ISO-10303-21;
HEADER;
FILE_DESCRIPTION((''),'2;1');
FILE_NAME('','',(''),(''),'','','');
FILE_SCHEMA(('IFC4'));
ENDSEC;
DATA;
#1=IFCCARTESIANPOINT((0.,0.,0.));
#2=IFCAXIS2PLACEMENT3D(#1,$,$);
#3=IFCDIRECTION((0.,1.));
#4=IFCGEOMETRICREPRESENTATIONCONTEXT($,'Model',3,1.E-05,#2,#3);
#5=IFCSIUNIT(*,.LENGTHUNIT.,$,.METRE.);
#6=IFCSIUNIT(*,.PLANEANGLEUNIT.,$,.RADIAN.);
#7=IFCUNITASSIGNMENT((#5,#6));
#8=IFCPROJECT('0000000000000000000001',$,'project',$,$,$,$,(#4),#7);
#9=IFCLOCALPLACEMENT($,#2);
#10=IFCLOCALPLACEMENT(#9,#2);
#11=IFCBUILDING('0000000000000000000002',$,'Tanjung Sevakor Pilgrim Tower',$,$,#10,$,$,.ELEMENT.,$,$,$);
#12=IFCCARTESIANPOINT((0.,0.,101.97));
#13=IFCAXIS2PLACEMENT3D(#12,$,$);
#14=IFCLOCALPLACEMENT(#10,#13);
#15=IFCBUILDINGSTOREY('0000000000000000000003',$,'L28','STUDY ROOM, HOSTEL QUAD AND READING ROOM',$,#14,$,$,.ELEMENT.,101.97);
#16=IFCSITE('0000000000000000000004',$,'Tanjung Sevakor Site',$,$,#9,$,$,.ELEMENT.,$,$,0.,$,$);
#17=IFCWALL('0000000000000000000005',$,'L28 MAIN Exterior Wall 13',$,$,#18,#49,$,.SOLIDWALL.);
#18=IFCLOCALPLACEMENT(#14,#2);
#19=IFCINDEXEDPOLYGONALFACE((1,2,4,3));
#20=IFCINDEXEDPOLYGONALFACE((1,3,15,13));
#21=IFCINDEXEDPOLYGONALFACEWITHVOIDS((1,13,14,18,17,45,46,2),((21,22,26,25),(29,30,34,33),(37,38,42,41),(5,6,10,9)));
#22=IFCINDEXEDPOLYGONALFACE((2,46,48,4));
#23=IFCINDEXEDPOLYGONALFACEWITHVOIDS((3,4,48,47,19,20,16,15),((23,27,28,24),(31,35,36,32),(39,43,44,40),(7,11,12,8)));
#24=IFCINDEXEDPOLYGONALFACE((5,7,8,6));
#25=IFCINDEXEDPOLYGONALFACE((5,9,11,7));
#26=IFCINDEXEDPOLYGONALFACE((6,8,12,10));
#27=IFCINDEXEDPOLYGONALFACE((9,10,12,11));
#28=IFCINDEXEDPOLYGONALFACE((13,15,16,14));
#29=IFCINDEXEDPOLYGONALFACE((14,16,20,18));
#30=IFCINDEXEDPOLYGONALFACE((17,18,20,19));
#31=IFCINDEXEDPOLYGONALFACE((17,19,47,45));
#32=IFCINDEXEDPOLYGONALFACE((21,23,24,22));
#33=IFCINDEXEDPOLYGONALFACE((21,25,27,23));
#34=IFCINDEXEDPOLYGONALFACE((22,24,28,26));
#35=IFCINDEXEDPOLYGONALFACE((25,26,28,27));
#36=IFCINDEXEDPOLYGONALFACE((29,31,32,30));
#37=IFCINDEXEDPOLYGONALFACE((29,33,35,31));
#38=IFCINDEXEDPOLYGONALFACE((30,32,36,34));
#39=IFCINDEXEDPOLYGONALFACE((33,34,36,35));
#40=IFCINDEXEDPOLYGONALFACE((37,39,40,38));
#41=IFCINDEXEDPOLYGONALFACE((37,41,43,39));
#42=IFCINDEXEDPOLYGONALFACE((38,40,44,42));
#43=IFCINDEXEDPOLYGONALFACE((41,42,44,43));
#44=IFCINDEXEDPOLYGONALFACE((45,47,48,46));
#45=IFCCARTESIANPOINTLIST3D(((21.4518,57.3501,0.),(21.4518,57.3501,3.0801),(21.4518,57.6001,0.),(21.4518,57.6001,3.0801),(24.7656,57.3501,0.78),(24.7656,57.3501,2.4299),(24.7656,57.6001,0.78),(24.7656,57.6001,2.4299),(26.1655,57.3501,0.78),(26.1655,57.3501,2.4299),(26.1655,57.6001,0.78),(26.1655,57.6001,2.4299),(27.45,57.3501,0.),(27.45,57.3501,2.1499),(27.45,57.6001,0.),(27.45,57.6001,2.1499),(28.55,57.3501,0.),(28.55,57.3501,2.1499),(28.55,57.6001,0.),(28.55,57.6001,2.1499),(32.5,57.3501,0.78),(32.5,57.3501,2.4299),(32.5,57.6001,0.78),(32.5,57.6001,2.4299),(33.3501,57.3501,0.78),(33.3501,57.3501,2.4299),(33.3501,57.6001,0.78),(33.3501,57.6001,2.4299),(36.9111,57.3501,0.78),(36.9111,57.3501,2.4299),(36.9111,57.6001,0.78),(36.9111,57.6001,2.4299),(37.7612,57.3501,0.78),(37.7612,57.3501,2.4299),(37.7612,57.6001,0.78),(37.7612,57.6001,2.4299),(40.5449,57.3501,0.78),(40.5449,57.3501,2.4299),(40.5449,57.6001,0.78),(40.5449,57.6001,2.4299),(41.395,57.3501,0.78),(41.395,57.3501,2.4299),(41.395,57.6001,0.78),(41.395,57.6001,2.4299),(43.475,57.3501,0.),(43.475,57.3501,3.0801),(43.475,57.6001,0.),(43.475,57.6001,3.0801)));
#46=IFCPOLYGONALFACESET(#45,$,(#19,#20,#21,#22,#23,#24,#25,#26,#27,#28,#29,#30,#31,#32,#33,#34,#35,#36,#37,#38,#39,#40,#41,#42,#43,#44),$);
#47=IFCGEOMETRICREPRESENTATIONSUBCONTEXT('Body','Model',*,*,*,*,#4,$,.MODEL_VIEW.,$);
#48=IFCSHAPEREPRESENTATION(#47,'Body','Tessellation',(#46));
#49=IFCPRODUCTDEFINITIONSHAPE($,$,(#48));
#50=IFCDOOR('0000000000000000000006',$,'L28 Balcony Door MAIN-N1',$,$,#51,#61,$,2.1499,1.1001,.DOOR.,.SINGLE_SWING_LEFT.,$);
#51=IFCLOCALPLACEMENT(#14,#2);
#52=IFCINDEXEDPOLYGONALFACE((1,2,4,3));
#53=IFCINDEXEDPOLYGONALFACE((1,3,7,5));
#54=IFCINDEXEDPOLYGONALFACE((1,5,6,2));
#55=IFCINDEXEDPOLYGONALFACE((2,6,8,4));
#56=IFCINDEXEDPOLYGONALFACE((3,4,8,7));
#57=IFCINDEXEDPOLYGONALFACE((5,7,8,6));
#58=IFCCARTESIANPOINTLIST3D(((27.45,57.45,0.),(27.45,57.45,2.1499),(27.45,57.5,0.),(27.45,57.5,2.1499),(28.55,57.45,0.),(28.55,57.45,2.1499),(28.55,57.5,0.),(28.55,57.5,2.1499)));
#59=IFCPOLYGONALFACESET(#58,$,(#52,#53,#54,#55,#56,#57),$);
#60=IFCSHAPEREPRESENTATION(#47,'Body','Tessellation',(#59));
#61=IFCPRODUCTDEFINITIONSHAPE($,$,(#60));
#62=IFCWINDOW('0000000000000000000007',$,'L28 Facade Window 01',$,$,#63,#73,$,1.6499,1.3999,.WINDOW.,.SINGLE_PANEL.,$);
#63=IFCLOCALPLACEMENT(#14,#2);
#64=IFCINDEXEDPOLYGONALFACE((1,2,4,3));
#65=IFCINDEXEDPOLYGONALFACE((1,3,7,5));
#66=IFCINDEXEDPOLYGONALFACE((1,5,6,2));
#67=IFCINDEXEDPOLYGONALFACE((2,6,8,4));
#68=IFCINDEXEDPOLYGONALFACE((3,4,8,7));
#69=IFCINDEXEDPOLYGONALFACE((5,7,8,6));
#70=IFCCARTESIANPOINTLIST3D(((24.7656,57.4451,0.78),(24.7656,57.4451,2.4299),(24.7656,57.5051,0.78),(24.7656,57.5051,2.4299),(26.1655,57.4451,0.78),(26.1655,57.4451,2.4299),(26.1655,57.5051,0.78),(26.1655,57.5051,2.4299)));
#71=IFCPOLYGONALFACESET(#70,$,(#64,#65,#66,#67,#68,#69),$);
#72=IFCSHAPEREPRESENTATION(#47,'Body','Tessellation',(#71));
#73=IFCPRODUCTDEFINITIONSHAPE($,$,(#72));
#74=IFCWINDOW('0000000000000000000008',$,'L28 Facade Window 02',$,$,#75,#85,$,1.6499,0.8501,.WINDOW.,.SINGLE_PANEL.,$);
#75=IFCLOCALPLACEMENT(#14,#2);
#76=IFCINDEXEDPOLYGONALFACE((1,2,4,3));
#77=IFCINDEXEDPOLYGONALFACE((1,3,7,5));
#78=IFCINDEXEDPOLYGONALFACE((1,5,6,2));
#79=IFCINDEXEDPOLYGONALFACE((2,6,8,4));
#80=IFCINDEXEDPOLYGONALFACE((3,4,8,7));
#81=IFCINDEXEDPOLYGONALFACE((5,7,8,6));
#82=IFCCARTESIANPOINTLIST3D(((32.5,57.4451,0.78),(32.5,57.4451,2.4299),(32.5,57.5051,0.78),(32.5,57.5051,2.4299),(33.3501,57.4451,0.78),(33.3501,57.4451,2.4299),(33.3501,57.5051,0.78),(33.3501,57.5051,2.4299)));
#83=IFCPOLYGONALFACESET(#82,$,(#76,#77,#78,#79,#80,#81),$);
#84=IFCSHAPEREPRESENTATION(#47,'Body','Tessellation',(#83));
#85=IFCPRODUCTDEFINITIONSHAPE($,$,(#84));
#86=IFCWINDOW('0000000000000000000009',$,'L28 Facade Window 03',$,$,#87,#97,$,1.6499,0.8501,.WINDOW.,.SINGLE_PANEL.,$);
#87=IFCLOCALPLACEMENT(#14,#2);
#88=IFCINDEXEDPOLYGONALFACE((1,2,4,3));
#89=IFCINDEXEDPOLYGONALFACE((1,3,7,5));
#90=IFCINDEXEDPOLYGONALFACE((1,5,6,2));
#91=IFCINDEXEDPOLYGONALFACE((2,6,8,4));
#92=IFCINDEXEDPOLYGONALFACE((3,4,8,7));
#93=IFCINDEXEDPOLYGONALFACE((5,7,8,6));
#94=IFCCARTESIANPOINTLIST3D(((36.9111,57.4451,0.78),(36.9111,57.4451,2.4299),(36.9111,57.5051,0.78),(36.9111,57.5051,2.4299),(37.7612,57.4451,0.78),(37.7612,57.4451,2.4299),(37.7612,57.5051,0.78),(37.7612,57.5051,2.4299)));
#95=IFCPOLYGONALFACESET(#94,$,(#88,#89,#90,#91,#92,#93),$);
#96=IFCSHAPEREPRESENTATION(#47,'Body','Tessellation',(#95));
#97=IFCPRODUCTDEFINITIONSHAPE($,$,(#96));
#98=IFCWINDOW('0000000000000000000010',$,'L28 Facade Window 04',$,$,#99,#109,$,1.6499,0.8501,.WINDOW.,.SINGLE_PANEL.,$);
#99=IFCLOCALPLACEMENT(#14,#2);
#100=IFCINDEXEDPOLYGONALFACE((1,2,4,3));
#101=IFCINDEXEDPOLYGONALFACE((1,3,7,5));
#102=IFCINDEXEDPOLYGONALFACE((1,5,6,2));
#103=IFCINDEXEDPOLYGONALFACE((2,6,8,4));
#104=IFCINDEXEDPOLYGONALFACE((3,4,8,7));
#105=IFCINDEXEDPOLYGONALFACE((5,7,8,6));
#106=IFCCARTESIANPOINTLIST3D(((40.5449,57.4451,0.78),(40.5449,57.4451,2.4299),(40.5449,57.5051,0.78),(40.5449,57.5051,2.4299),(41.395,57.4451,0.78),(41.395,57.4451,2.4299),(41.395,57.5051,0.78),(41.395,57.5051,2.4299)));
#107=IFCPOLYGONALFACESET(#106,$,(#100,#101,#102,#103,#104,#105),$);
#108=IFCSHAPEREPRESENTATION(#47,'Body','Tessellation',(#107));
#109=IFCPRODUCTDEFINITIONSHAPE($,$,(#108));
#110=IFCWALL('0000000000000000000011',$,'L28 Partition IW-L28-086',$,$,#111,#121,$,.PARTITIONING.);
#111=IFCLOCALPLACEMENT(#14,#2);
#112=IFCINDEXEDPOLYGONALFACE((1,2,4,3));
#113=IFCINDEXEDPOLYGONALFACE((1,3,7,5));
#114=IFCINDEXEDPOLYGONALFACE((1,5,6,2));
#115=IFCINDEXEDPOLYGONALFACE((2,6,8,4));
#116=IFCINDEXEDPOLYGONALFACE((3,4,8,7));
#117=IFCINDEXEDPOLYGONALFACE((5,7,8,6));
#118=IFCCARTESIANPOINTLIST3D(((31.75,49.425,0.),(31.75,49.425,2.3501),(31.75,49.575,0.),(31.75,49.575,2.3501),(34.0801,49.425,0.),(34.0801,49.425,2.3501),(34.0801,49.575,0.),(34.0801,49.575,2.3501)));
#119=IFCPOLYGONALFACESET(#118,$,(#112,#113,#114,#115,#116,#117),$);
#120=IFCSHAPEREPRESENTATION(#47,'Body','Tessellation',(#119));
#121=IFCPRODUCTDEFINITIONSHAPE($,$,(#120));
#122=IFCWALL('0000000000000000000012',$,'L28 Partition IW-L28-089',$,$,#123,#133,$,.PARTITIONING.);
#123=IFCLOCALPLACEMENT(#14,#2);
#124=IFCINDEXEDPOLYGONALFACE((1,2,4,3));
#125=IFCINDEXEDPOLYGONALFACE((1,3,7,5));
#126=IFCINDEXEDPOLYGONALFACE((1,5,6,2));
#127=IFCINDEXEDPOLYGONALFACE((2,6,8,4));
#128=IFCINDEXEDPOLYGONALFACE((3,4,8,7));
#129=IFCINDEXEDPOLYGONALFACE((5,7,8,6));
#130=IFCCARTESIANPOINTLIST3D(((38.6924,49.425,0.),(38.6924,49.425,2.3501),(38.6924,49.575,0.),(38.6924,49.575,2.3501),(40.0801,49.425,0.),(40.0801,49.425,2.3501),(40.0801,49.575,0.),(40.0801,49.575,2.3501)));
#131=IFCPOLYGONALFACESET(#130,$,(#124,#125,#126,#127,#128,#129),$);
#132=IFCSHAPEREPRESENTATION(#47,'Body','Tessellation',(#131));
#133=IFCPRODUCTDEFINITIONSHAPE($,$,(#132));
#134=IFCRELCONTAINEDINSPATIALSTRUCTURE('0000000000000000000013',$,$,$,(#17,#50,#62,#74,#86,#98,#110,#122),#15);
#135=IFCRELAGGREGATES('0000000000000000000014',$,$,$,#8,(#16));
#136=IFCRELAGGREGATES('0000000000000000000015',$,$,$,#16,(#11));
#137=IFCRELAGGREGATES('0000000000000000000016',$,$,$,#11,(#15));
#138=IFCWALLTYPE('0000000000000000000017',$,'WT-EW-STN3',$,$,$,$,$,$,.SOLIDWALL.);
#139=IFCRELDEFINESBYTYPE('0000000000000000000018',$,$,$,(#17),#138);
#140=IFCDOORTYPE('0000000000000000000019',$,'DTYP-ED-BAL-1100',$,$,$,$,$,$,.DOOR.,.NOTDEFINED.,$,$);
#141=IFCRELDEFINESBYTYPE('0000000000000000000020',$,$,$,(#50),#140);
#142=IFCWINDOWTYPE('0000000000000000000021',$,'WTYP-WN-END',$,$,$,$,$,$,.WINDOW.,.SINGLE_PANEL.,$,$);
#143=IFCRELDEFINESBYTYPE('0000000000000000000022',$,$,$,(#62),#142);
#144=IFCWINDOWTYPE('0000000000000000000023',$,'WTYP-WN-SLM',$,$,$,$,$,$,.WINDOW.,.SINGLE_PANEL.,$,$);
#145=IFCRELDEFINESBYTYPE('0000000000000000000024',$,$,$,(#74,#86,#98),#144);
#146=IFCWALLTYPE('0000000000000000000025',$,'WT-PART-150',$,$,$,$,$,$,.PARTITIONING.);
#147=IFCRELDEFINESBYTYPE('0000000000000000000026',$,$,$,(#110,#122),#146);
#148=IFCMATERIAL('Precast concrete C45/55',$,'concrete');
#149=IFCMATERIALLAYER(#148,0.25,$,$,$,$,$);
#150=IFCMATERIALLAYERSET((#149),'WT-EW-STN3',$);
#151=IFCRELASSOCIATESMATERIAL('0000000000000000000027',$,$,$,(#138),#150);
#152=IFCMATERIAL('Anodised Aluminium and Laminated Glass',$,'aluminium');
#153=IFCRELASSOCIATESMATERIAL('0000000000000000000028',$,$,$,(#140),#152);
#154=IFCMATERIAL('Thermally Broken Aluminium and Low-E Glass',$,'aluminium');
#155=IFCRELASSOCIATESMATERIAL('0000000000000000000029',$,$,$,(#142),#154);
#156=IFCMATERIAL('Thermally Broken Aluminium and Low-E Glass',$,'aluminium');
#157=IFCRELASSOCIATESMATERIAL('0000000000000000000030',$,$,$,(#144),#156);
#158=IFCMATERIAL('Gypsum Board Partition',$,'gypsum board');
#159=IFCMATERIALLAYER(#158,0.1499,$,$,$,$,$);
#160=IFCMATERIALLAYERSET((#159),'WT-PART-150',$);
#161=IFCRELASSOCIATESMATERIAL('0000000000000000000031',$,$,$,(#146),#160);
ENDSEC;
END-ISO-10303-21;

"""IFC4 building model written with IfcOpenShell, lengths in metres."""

from ifc_helpers import new_model, si_unit, direction, frame, frame_2d, origin, place, context, subcontext, project, spatial, rectangle, extrude, material, layer, layer_set, type_object, element, fill, save


model = new_model("IFC4")

# Units and contexts
model_context = context("Model", 3, precision=1e-05, world=origin(), true_north=direction((0.0, 1.0)))
body_context = subcontext(model_context, "Body", "Model", "MODEL_VIEW")
ifc_project = project(units=[si_unit("LENGTHUNIT", "METRE"), si_unit("PLANEANGLEUNIT", "RADIAN")], contexts=[model_context])

# Site, building, storey
site_placement = place(None, origin())
site = spatial("IfcSite", under=ifc_project, at=site_placement, Name="Tanjung Sevakor Site", CompositionType="ELEMENT", RefElevation=0.0)
building_placement = place(site_placement, origin())
building = spatial("IfcBuilding", under=site, at=building_placement, Name="Tanjung Sevakor Pilgrim Tower", CompositionType="ELEMENT")
storey_placement = place(building_placement, frame((0.0, 0.0, 101.97)))
storey = spatial("IfcBuildingStorey", under=building, at=storey_placement, Name="L28", Description="STUDY ROOM, HOSTEL QUAD AND READING ROOM", CompositionType="ELEMENT", Elevation=101.97)

# Shared definitions
ifc_material_1 = material(Name="Precast concrete C45/55", Category="concrete")
ifc_layer_1 = layer(ifc_material_1, 0.25)
ifc_layer_set_1 = layer_set([ifc_layer_1], Name="WT-EW-STN3")
wall_type_1 = type_object("IfcWallType", Name="WT-EW-STN3", PredefinedType="SOLIDWALL", material=ifc_layer_set_1)

# Wall, openings, door, windows
wall_1_placement = place(storey_placement, frame((43.4751, 57.4751, 0.0), z_axis=(0.0, 0.0, 1.0), x_axis=(-1.0, 0.0, 0.0)))
wall_1 = element("IfcWall", 1, at=wall_1_placement, inside=storey, type_object=wall_type_1, Name="L28 MAIN Exterior Wall 13", PredefinedType="SOLIDWALL", context=body_context, shape_type="SweptSolid", body=[
    extrude(rectangle(XDim=22.0232, YDim=0.25, at=frame_2d((11.0117, 0.0))), origin(), (0.0, 0.0, 1.0), 3.0801),
])
opening_1_placement = place(wall_1_placement, frame((14.925, 0.0, 0.0)))
opening_1 = element("IfcOpeningElement", 2, at=opening_1_placement, cuts=wall_1, PredefinedType="OPENING", context=body_context, shape_type="SweptSolid", body=[
    extrude(rectangle(XDim=1.1001, YDim=2.1499, at=frame_2d((0.55, 1.075))), frame((0.0, 0.135, 0.0), z_axis=(0.0, -1.0, 0.0), x_axis=(1.0, 0.0, 0.0)), (0.0, 0.0, 1.0), 0.27),
])
opening_2_placement = place(wall_1_placement, frame((17.3096, 0.0, 0.78)))
opening_2 = element("IfcOpeningElement", 3, at=opening_2_placement, cuts=wall_1, PredefinedType="OPENING", context=body_context, shape_type="SweptSolid", body=[
    extrude(rectangle(XDim=1.3999, YDim=1.6499, at=frame_2d((0.7, 0.825))), frame((0.0, 0.135, 0.0), z_axis=(0.0, -1.0, 0.0), x_axis=(1.0, 0.0, 0.0)), (0.0, 0.0, 1.0), 0.27),
])
opening_3_placement = place(wall_1_placement, frame((10.125, 0.0, 0.78)))
opening_3 = element("IfcOpeningElement", 4, at=opening_3_placement, cuts=wall_1, PredefinedType="OPENING", context=body_context, shape_type="SweptSolid", body=[
    extrude(rectangle(XDim=0.8501, YDim=1.6499, at=frame_2d((0.425, 0.825))), frame((0.0, 0.135, 0.0), z_axis=(0.0, -1.0, 0.0), x_axis=(1.0, 0.0, 0.0)), (0.0, 0.0, 1.0), 0.27),
])
opening_4_placement = place(wall_1_placement, frame((5.7139, 0.0, 0.78)))
opening_4 = element("IfcOpeningElement", 5, at=opening_4_placement, cuts=wall_1, PredefinedType="OPENING", context=body_context, shape_type="SweptSolid", body=[
    extrude(rectangle(XDim=0.8501, YDim=1.6499, at=frame_2d((0.425, 0.825))), frame((0.0, 0.135, 0.0), z_axis=(0.0, -1.0, 0.0), x_axis=(1.0, 0.0, 0.0)), (0.0, 0.0, 1.0), 0.27),
])
opening_5_placement = place(wall_1_placement, frame((2.0801, 0.0, 0.78)))
opening_5 = element("IfcOpeningElement", 6, at=opening_5_placement, cuts=wall_1, PredefinedType="OPENING", context=body_context, shape_type="SweptSolid", body=[
    extrude(rectangle(XDim=0.8501, YDim=1.6499, at=frame_2d((0.425, 0.825))), frame((0.0, 0.135, 0.0), z_axis=(0.0, -1.0, 0.0), x_axis=(1.0, 0.0, 0.0)), (0.0, 0.0, 1.0), 0.27),
])
ifc_material_2 = material(Name="Anodised Aluminium and Laminated Glass", Category="aluminium")
door_type_1 = type_object("IfcDoorType", Name="DTYP-ED-BAL-1100", OperationType="NOTDEFINED", PredefinedType="DOOR", material=ifc_material_2)
door_1_placement = place(opening_1_placement, frame((1.1001, 0.0, 0.0), z_axis=(0.0, 0.0, 1.0), x_axis=(-1.0, 0.0, 0.0)))
door_1 = element("IfcDoor", 7, at=door_1_placement, inside=storey, type_object=door_type_1, Name="L28 Balcony Door MAIN-N1", OperationType="SINGLE_SWING_LEFT", OverallHeight=2.1499, OverallWidth=1.1001, PredefinedType="DOOR", context=body_context, shape_type="SweptSolid", body=[
    extrude(rectangle(XDim=1.1001, YDim=2.1499, at=frame_2d((0.55, 1.075))), frame((0.0, 0.0249, 0.0), z_axis=(0.0, -1.0, 0.0), x_axis=(1.0, 0.0, 0.0)), (0.0, 0.0, 1.0), 0.05),
])
fill(opening_1, door_1)
ifc_material_3 = material(Name="Thermally Broken Aluminium and Low-E Glass", Category="aluminium")
window_type_1 = type_object("IfcWindowType", Name="WTYP-WN-END", PartitioningType="SINGLE_PANEL", PredefinedType="WINDOW", material=ifc_material_3)
window_1_placement = place(opening_2_placement, origin())
window_1 = element("IfcWindow", 8, at=window_1_placement, inside=storey, type_object=window_type_1, Name="L28 Facade Window 01", OverallHeight=1.6499, OverallWidth=1.3999, PartitioningType="SINGLE_PANEL", PredefinedType="WINDOW", context=body_context, shape_type="SweptSolid", body=[
    extrude(rectangle(XDim=1.3999, YDim=1.6499, at=frame_2d((0.7, 0.825))), frame((0.0, 0.03, 0.0), z_axis=(0.0, -1.0, 0.0), x_axis=(1.0, 0.0, 0.0)), (0.0, 0.0, 1.0), 0.0601),
])
fill(opening_2, window_1)
ifc_material_4 = material(Name="Thermally Broken Aluminium and Low-E Glass", Category="aluminium")
window_type_2 = type_object("IfcWindowType", Name="WTYP-WN-SLM", PartitioningType="SINGLE_PANEL", PredefinedType="WINDOW", material=ifc_material_4)
window_2_placement = place(opening_3_placement, origin())
window_2 = element("IfcWindow", 9, at=window_2_placement, inside=storey, type_object=window_type_2, Name="L28 Facade Window 02", OverallHeight=1.6499, OverallWidth=0.8501, PartitioningType="SINGLE_PANEL", PredefinedType="WINDOW", context=body_context, shape_type="SweptSolid", body=[
    extrude(rectangle(XDim=0.8501, YDim=1.6499, at=frame_2d((0.425, 0.825))), frame((0.0, 0.03, 0.0), z_axis=(0.0, -1.0, 0.0), x_axis=(1.0, 0.0, 0.0)), (0.0, 0.0, 1.0), 0.0601),
])
fill(opening_3, window_2)
window_3_placement = place(opening_4_placement, origin())
window_3 = element("IfcWindow", 10, at=window_3_placement, inside=storey, type_object=window_type_2, Name="L28 Facade Window 03", OverallHeight=1.6499, OverallWidth=0.8501, PartitioningType="SINGLE_PANEL", PredefinedType="WINDOW", context=body_context, shape_type="SweptSolid", body=[
    extrude(rectangle(XDim=0.8501, YDim=1.6499, at=frame_2d((0.425, 0.825))), frame((0.0, 0.03, 0.0), z_axis=(0.0, -1.0, 0.0), x_axis=(1.0, 0.0, 0.0)), (0.0, 0.0, 1.0), 0.0601),
])
fill(opening_4, window_3)
window_4_placement = place(opening_5_placement, origin())
window_4 = element("IfcWindow", 11, at=window_4_placement, inside=storey, type_object=window_type_2, Name="L28 Facade Window 04", OverallHeight=1.6499, OverallWidth=0.8501, PartitioningType="SINGLE_PANEL", PredefinedType="WINDOW", context=body_context, shape_type="SweptSolid", body=[
    extrude(rectangle(XDim=0.8501, YDim=1.6499, at=frame_2d((0.425, 0.825))), frame((0.0, 0.03, 0.0), z_axis=(0.0, -1.0, 0.0), x_axis=(1.0, 0.0, 0.0)), (0.0, 0.0, 1.0), 0.0601),
])
fill(opening_5, window_4)

# Walls
ifc_material_5 = material(Name="Gypsum Board Partition", Category="gypsum board")
ifc_layer_2 = layer(ifc_material_5, 0.1499)
ifc_layer_set_2 = layer_set([ifc_layer_2], Name="WT-PART-150")
wall_type_2 = type_object("IfcWallType", Name="WT-PART-150", PredefinedType="PARTITIONING", material=ifc_layer_set_2)
wall_2_placement = place(storey_placement, frame((31.75, 49.5, 0.0), z_axis=(0.0, 0.0, 1.0), x_axis=(1.0, 0.0, 0.0)))
element("IfcWall", 12, at=wall_2_placement, inside=storey, type_object=wall_type_2, Name="L28 Partition IW-L28-086", PredefinedType="PARTITIONING", context=body_context, shape_type="SweptSolid", body=[
    extrude(rectangle(XDim=2.3301, YDim=0.1499, at=frame_2d((1.165, 0.0))), origin(), (0.0, 0.0, 1.0), 2.3501),
])
wall_3_placement = place(storey_placement, frame((38.6924, 49.5, 0.0), z_axis=(0.0, 0.0, 1.0), x_axis=(1.0, 0.0, 0.0)))
element("IfcWall", 13, at=wall_3_placement, inside=storey, type_object=wall_type_2, Name="L28 Partition IW-L28-089", PredefinedType="PARTITIONING", context=body_context, shape_type="SweptSolid", body=[
    extrude(rectangle(XDim=1.3877, YDim=0.1499, at=frame_2d((0.6938, 0.0))), origin(), (0.0, 0.0, 1.0), 2.3501),
])

save(model, "model.ifc")
